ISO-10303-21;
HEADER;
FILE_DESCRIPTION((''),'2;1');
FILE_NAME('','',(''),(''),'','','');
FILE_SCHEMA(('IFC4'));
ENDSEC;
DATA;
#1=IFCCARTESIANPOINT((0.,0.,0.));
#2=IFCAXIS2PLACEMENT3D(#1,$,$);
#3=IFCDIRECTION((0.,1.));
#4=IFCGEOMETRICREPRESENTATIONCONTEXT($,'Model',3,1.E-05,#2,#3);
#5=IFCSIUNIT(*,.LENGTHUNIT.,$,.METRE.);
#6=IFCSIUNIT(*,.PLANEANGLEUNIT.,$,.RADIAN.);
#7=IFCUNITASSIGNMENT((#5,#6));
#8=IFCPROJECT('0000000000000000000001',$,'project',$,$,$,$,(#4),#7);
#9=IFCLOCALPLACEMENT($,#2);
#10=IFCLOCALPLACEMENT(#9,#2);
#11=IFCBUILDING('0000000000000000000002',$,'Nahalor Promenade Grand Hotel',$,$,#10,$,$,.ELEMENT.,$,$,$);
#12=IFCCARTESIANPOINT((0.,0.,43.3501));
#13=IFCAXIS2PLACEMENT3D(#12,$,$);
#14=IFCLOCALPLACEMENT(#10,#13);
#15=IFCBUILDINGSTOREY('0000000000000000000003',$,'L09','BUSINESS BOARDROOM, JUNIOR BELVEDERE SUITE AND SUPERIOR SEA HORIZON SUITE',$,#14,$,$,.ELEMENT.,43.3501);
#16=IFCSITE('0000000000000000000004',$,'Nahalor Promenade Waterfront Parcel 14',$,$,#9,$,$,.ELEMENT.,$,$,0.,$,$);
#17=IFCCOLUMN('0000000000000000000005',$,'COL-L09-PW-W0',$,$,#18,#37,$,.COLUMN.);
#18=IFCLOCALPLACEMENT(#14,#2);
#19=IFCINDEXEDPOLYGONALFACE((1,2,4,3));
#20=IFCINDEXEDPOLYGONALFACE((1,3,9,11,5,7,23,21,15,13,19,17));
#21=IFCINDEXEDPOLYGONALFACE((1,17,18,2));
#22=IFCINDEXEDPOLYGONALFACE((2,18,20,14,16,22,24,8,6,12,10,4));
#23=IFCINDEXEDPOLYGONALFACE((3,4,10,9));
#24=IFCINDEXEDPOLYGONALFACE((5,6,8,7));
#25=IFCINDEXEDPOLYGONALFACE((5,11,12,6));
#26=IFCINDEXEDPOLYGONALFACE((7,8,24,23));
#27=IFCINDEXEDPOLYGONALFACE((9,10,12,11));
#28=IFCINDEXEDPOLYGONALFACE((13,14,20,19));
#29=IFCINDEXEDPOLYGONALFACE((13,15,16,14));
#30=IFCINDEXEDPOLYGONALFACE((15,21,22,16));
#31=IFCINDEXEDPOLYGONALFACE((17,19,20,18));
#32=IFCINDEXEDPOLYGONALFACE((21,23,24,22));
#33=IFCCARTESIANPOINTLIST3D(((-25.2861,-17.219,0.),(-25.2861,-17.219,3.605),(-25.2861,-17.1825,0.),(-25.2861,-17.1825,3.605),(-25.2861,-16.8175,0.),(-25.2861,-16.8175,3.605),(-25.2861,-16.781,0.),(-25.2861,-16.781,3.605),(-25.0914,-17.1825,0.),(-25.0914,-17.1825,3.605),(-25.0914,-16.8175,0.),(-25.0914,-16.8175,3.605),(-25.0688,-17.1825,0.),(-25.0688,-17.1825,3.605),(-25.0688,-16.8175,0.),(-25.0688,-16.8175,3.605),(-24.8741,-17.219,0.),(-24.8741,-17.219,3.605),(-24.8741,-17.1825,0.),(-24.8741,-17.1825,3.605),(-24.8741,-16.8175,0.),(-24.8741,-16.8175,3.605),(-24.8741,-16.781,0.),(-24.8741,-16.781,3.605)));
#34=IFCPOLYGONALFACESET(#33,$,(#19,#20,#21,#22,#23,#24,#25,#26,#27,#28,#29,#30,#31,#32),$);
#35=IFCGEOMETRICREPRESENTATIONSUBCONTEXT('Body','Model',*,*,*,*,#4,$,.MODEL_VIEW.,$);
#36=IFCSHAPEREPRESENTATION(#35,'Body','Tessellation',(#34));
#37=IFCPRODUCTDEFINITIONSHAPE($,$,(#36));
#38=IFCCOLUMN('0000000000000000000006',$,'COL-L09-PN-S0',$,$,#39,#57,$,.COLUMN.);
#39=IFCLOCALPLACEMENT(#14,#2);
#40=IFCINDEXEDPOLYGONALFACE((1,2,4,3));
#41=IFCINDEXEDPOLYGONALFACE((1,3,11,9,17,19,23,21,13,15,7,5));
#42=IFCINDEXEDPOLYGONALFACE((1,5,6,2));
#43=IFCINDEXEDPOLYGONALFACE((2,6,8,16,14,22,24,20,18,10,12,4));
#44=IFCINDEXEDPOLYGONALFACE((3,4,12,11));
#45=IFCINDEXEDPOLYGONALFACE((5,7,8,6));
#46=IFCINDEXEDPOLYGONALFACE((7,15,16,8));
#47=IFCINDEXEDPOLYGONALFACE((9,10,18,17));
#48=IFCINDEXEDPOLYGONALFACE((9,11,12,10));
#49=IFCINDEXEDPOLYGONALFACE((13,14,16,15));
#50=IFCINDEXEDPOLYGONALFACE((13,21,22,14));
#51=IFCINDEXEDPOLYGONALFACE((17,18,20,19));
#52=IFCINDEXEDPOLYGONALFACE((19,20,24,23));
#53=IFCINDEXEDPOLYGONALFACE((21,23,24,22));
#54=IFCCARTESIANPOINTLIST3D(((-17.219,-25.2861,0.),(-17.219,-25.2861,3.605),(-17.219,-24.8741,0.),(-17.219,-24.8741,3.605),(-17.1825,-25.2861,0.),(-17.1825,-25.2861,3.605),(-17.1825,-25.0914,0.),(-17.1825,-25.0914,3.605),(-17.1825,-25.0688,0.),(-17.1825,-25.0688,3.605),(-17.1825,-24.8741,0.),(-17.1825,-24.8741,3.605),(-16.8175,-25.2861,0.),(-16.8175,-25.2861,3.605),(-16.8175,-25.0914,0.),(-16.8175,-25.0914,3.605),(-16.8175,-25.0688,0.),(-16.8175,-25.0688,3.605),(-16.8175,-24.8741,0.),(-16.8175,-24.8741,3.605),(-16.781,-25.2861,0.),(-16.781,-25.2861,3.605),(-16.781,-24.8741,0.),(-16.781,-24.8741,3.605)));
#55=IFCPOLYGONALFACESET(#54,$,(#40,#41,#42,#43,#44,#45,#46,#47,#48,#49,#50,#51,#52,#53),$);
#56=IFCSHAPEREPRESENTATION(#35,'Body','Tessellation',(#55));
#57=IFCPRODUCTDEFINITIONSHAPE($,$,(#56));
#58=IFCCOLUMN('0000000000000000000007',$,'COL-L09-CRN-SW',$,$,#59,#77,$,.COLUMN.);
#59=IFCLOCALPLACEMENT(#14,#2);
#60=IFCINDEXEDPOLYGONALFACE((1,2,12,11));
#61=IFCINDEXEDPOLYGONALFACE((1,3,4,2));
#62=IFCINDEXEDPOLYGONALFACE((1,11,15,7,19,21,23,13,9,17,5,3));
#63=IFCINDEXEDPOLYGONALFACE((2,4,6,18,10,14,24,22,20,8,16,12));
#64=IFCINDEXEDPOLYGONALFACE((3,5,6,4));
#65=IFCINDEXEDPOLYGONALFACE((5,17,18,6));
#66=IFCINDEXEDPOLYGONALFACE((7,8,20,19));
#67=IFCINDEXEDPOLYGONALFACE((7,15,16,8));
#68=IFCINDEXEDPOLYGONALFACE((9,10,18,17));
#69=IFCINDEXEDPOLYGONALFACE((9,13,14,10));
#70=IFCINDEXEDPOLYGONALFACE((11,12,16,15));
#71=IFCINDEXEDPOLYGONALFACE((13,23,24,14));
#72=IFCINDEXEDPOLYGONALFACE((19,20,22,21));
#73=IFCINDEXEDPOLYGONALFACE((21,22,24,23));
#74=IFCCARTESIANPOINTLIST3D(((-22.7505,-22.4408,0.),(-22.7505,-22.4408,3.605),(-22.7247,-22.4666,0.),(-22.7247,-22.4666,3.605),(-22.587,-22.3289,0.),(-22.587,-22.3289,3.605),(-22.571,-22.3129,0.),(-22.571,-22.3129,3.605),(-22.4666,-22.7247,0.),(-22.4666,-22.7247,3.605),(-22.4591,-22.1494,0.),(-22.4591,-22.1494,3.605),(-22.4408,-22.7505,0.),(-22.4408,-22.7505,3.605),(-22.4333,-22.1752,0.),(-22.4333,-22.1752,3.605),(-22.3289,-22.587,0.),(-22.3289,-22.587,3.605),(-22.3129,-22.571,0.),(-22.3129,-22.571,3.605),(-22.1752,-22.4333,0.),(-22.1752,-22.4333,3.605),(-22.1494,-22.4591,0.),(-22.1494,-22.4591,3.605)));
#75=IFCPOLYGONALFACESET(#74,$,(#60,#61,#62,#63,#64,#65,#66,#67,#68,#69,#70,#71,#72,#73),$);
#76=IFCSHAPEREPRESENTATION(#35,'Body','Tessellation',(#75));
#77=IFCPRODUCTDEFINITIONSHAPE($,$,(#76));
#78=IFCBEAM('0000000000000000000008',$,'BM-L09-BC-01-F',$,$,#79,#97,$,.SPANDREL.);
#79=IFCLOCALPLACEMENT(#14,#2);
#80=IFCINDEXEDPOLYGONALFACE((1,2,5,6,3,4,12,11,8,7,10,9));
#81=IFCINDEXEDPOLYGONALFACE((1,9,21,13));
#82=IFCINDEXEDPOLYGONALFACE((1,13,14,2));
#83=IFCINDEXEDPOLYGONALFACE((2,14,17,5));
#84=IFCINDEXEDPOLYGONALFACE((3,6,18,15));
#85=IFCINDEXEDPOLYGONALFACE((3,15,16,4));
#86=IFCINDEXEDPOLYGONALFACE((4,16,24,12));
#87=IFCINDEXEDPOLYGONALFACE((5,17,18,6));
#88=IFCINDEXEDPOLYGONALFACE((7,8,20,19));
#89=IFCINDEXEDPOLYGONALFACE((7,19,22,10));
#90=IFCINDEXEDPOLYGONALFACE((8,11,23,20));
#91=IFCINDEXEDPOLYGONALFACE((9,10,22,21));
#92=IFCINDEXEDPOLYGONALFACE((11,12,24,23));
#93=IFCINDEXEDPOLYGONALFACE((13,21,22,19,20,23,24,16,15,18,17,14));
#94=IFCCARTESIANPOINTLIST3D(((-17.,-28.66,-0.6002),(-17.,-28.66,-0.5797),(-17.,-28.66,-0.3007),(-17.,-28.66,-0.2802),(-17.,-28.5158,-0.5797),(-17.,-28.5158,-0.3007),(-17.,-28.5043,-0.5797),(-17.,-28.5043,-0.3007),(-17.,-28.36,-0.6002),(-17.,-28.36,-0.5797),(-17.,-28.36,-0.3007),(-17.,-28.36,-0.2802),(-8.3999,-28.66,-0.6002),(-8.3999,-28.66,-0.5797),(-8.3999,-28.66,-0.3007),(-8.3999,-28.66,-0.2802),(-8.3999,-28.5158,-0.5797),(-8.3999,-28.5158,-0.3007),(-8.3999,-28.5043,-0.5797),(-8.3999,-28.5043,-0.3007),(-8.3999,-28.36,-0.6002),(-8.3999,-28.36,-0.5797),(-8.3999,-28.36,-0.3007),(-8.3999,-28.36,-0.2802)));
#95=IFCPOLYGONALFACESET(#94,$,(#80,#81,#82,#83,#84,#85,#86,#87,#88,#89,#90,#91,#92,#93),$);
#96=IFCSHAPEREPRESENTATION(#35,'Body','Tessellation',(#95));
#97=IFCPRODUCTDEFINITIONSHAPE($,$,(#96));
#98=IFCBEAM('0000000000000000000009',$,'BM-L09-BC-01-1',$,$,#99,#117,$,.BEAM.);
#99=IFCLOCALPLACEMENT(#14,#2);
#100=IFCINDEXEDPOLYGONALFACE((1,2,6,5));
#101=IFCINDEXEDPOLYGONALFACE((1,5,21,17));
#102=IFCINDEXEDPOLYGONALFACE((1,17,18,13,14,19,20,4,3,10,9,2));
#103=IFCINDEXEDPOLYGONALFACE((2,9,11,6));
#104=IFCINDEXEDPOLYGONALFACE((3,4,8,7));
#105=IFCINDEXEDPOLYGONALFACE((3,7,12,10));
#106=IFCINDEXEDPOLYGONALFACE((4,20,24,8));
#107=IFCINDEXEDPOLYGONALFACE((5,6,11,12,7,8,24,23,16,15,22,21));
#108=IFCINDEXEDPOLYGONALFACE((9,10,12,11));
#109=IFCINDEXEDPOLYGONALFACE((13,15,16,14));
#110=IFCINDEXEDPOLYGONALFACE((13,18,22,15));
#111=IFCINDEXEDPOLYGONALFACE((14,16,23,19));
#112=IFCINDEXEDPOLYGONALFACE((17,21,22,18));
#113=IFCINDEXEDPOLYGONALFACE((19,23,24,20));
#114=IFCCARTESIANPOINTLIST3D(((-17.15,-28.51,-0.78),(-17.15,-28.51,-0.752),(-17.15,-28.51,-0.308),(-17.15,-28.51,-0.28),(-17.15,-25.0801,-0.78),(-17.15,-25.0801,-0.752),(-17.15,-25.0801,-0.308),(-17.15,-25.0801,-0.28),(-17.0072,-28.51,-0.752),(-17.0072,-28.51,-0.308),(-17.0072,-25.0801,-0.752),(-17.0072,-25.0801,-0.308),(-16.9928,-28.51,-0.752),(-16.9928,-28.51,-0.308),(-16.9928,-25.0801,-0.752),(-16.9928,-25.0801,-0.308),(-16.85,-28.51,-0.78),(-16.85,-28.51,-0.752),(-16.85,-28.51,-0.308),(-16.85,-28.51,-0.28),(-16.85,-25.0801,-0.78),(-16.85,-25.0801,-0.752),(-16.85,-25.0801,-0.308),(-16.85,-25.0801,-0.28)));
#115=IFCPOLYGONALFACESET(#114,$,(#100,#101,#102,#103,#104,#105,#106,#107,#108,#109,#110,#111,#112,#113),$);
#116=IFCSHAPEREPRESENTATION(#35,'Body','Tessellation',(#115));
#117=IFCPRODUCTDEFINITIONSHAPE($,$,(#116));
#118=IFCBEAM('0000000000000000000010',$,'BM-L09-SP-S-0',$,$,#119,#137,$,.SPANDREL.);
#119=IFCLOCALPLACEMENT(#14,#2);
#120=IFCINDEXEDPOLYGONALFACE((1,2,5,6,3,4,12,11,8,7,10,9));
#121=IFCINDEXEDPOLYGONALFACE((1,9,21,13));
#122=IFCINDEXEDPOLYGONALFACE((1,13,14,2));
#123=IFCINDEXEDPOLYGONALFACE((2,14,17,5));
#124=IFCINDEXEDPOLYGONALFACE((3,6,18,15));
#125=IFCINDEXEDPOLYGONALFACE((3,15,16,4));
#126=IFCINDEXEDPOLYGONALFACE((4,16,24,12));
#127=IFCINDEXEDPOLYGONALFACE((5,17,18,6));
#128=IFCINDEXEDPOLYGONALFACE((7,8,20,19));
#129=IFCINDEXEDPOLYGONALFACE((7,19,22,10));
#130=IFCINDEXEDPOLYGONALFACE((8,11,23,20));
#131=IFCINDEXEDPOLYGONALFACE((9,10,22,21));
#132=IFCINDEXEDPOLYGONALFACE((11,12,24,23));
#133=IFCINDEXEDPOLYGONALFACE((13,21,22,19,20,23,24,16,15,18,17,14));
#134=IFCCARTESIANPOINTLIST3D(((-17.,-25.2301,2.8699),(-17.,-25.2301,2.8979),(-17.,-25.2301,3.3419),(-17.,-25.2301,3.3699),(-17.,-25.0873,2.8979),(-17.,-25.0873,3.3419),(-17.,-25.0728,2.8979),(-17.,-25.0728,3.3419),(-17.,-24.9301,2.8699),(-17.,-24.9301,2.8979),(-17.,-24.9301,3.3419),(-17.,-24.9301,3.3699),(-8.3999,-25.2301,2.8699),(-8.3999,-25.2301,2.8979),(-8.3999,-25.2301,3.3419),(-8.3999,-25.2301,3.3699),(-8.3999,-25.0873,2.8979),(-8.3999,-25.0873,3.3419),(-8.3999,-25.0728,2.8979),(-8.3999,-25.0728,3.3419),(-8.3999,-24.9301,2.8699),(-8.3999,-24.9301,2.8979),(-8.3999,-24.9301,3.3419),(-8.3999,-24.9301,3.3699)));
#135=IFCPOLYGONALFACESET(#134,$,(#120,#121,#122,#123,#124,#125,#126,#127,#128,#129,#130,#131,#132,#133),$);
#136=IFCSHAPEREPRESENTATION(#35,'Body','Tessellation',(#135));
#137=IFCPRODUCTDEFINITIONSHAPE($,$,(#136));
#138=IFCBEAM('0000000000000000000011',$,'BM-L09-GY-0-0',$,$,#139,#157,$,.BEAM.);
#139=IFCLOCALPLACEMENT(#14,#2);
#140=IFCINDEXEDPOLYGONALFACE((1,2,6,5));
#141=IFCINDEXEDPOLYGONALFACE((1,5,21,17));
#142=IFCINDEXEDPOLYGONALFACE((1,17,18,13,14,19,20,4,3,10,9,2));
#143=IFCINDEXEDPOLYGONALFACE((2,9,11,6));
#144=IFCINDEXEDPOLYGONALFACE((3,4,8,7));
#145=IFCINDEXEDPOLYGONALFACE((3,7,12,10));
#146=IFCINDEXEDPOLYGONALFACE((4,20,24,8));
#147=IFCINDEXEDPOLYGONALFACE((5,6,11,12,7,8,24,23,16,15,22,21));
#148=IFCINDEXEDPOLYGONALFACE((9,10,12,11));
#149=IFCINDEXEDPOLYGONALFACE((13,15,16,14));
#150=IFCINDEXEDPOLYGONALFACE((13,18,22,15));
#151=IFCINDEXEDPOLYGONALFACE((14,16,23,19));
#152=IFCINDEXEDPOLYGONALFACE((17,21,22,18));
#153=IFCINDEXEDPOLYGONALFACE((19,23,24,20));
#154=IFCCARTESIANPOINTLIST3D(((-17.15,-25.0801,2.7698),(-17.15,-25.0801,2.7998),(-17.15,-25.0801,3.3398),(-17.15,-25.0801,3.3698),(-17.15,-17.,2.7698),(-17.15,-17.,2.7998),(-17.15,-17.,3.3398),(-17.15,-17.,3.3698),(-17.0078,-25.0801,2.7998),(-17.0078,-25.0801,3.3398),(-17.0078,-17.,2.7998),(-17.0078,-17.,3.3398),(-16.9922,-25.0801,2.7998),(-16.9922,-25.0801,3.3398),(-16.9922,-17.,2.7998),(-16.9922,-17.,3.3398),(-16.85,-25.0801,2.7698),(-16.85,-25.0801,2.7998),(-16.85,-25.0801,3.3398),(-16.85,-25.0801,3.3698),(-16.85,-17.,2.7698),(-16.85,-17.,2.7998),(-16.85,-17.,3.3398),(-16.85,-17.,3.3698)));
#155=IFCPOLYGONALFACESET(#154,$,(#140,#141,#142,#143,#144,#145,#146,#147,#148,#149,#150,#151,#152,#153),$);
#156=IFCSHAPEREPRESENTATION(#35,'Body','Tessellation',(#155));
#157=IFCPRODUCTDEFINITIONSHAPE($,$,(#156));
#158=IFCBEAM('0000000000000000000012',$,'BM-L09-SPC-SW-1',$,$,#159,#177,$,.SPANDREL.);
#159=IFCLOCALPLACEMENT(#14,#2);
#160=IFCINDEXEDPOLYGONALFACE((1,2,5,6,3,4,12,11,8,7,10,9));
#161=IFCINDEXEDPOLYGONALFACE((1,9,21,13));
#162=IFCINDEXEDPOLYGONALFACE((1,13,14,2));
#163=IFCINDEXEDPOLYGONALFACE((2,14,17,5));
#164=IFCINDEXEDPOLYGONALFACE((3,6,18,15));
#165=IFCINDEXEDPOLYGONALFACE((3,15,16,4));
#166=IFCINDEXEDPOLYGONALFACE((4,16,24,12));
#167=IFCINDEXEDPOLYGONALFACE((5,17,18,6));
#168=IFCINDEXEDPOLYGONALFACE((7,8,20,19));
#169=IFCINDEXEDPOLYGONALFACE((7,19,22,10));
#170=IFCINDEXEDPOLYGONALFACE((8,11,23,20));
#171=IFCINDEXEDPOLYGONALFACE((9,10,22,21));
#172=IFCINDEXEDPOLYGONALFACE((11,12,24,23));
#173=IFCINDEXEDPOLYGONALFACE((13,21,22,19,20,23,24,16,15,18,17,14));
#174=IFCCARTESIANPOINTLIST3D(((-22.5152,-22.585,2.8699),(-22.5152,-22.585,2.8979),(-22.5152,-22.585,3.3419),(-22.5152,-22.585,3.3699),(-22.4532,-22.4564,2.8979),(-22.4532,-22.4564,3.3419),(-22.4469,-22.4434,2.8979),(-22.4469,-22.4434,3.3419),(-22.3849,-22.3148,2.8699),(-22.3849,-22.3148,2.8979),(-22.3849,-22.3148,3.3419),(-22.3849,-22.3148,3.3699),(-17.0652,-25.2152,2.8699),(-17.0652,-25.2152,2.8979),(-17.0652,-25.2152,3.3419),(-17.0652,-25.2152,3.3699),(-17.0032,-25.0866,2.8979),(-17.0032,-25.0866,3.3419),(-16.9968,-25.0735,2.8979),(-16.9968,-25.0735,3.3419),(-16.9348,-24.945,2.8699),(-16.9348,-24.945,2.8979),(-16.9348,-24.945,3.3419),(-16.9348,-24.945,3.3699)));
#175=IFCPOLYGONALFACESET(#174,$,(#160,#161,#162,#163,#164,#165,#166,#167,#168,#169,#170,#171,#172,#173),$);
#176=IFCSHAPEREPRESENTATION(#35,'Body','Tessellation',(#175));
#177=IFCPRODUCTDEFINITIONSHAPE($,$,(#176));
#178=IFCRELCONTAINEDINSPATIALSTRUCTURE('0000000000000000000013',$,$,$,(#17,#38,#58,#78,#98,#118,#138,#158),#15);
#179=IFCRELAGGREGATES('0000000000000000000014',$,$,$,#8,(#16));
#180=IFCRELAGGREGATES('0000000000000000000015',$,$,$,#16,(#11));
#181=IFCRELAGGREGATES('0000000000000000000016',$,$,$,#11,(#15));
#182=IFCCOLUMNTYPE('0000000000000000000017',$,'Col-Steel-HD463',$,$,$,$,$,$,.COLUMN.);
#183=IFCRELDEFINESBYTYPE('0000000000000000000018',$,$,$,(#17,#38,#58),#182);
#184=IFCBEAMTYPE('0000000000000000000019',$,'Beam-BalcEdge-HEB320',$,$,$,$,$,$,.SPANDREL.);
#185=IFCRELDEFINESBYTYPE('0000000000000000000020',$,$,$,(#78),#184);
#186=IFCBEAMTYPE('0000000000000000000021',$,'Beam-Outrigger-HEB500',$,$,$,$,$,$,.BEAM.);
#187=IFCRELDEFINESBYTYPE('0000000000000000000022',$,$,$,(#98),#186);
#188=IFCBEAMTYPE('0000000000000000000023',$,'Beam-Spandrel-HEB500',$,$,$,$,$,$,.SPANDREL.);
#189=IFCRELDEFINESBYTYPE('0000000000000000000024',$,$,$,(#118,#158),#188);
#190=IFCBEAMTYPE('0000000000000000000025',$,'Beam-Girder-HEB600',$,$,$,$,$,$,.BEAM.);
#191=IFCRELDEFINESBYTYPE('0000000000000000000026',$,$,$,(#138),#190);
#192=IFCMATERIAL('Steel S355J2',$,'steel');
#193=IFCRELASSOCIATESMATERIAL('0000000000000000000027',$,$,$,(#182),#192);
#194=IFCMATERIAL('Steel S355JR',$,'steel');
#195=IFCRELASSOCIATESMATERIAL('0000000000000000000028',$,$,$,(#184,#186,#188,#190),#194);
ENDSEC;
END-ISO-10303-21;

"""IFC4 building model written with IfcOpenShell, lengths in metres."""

from ifc_helpers import new_model, si_unit, direction, frame, origin, origin_2d, place, context, subcontext, project, spatial, i_section, extrude, source, transform, mapped, material, material_profile, profile_set, type_object, element, save


model = new_model("IFC4")

# Units and contexts
model_context = context("Model", 3, precision=1e-05, world=origin(), true_north=direction((0.0, 1.0)))
body_context = subcontext(model_context, "Body", "Model", "MODEL_VIEW")
ifc_project = project(units=[si_unit("LENGTHUNIT", "METRE"), si_unit("PLANEANGLEUNIT", "RADIAN")], contexts=[model_context])

# Site, building, storey
site_placement = place(None, origin())
site = spatial("IfcSite", under=ifc_project, at=site_placement, Name="Nahalor Promenade Waterfront Parcel 14", CompositionType="ELEMENT", RefElevation=0.0)
building_placement = place(site_placement, origin())
building = spatial("IfcBuilding", under=site, at=building_placement, Name="Nahalor Promenade Grand Hotel", CompositionType="ELEMENT")
storey_placement = place(building_placement, frame((0.0, 0.0, 43.3501)))
storey = spatial("IfcBuildingStorey", under=building, at=storey_placement, Name="L09", Description="BUSINESS BOARDROOM, JUNIOR BELVEDERE SUITE AND SUPERIOR SEA HORIZON SUITE", CompositionType="ELEMENT", Elevation=43.3501)

# Columns
ifc_material_1 = material(Name="Steel S355J2", Category="steel")
ifc_material_profile_1 = material_profile(ifc_material_1, i_section(OverallWidth=0.412, OverallDepth=0.438, WebThickness=0.0226, FlangeThickness=0.0365, at=origin_2d()), Name="HD 400x463")
ifc_profile_set_1 = profile_set([ifc_material_profile_1], Name="Steel S355J2")
column_type = type_object("IfcColumnType", Name="Col-Steel-HD463", PredefinedType="COLUMN", material=ifc_profile_set_1)
shared_shape_1 = source(origin(), body_context, "Body", "SweptSolid", [
    extrude(i_section(OverallWidth=0.412, OverallDepth=0.438, WebThickness=0.0226, FlangeThickness=0.0365, at=origin_2d()), origin(), (0.0, 0.0, 1.0), 3.605),
])
for number, where, z_axis, x_axis, name in (
    (1, (-25.0801, -17.0, 0.0), (0.0, 0.0, 1.0), (1.0, 0.0, 0.0), "COL-L09-PW-W0"),
    (2, (-17.0, -25.0801, 0.0), (0.0, 0.0, 1.0), (0.0, 1.0, 0.0), "COL-L09-PN-S0"),
    (3, (-22.45, -22.45, 0.0), (0.0, 0.0, 1.0), (0.707107, 0.707107, 0.0), "COL-L09-CRN-SW"),
):
    element("IfcColumn", number, at=place(storey_placement, frame(where, z_axis=z_axis, x_axis=x_axis)), inside=storey, type_object=column_type, Name=name, PredefinedType="COLUMN", context=body_context, shape_type="MappedRepresentation", body=[
        mapped(shared_shape_1, transform((0.0, 0.0, 0.0), scale=1.0)),
    ])

# Beams
ifc_material_2 = material(Name="Steel S355JR", Category="steel")
ifc_material_profile_2 = material_profile(ifc_material_2, i_section(OverallWidth=0.3, OverallDepth=0.32, WebThickness=0.0115, FlangeThickness=0.0205, at=origin_2d()), Name="HEB 320")
ifc_profile_set_2 = profile_set([ifc_material_profile_2], Name="Steel S355JR")
beam_type_1 = type_object("IfcBeamType", Name="Beam-BalcEdge-HEB320", PredefinedType="SPANDREL", material=ifc_profile_set_2)
shared_shape_2 = source(origin(), body_context, "Body", "SweptSolid", [
    extrude(i_section(OverallWidth=0.3, OverallDepth=0.32, WebThickness=0.0115, FlangeThickness=0.0205, at=origin_2d()), origin(), (0.0, 0.0, 1.0), 8.6001),
])
beam_1_placement = place(storey_placement, frame((-17.0, -28.51, -0.4402), z_axis=(1.0, 0.0, 0.0), x_axis=(0.0, 1.0, 0.0)))
element("IfcBeam", 4, at=beam_1_placement, inside=storey, type_object=beam_type_1, Name="BM-L09-BC-01-F", PredefinedType="SPANDREL", context=body_context, shape_type="MappedRepresentation", body=[
    mapped(shared_shape_2, transform((0.0, 0.0, 0.0), scale=1.0)),
])
ifc_material_profile_3 = material_profile(ifc_material_2, i_section(OverallWidth=0.3, OverallDepth=0.5, WebThickness=0.0145, FlangeThickness=0.028, at=origin_2d()), Name="HEB 500")
ifc_profile_set_3 = profile_set([ifc_material_profile_3], Name="Steel S355JR")
beam_type_2 = type_object("IfcBeamType", Name="Beam-Outrigger-HEB500", PredefinedType="BEAM", material=ifc_profile_set_3)
shared_shape_3 = source(origin(), body_context, "Body", "SweptSolid", [
    extrude(i_section(OverallWidth=0.3, OverallDepth=0.5, WebThickness=0.0145, FlangeThickness=0.028, at=origin_2d()), origin(), (0.0, 0.0, 1.0), 3.4299),
])
beam_2_placement = place(storey_placement, frame((-17.0, -28.51, -0.53), z_axis=(0.0, 1.0, 0.0), x_axis=(-1.0, 0.0, 0.0)))
element("IfcBeam", 5, at=beam_2_placement, inside=storey, type_object=beam_type_2, Name="BM-L09-BC-01-1", PredefinedType="BEAM", context=body_context, shape_type="MappedRepresentation", body=[
    mapped(shared_shape_3, transform((0.0, 0.0, 0.0), scale=1.0)),
])
ifc_material_profile_4 = material_profile(ifc_material_2, i_section(OverallWidth=0.3, OverallDepth=0.5, WebThickness=0.0145, FlangeThickness=0.028, at=origin_2d()), Name="HEB 500")
ifc_profile_set_4 = profile_set([ifc_material_profile_4], Name="Steel S355JR")
beam_type_3 = type_object("IfcBeamType", Name="Beam-Spandrel-HEB500", PredefinedType="SPANDREL", material=ifc_profile_set_4)
shared_shape_4 = source(origin(), body_context, "Body", "SweptSolid", [
    extrude(i_section(OverallWidth=0.3, OverallDepth=0.5, WebThickness=0.0145, FlangeThickness=0.028, at=origin_2d()), origin(), (0.0, 0.0, 1.0), 8.6001),
])
beam_3_placement = place(storey_placement, frame((-17.0, -25.0801, 3.1199), z_axis=(1.0, 0.0, 0.0), x_axis=(0.0, 1.0, 0.0)))
element("IfcBeam", 6, at=beam_3_placement, inside=storey, type_object=beam_type_3, Name="BM-L09-SP-S-0", PredefinedType="SPANDREL", context=body_context, shape_type="MappedRepresentation", body=[
    mapped(shared_shape_4, transform((0.0, 0.0, 0.0), scale=1.0)),
])
ifc_material_profile_5 = material_profile(ifc_material_2, i_section(OverallWidth=0.3, OverallDepth=0.6, WebThickness=0.0155, FlangeThickness=0.03, at=origin_2d()), Name="HEB 600")
ifc_profile_set_5 = profile_set([ifc_material_profile_5], Name="Steel S355JR")
beam_type_4 = type_object("IfcBeamType", Name="Beam-Girder-HEB600", PredefinedType="BEAM", material=ifc_profile_set_5)
shared_shape_5 = source(origin(), body_context, "Body", "SweptSolid", [
    extrude(i_section(OverallWidth=0.3, OverallDepth=0.6, WebThickness=0.0155, FlangeThickness=0.03, at=origin_2d()), origin(), (0.0, 0.0, 1.0), 8.0801),
])
beam_4_placement = place(storey_placement, frame((-17.0, -25.0801, 3.0698), z_axis=(0.0, 1.0, 0.0), x_axis=(-1.0, 0.0, 0.0)))
element("IfcBeam", 7, at=beam_4_placement, inside=storey, type_object=beam_type_4, Name="BM-L09-GY-0-0", PredefinedType="BEAM", context=body_context, shape_type="MappedRepresentation", body=[
    mapped(shared_shape_5, transform((0.0, 0.0, 0.0), scale=1.0)),
])
shared_shape_6 = source(origin(), body_context, "Body", "SweptSolid", [
    extrude(i_section(OverallWidth=0.3, OverallDepth=0.5, WebThickness=0.0145, FlangeThickness=0.028, at=origin_2d()), origin(), (0.0, 0.0, 1.0), 6.0515),
])
for number, where, z_axis, x_axis, name in (
    (8, (-17.0, -25.0801, 3.1199), (-0.900609, 0.434631, 0.0), (-0.434631, -0.900609, 0.0), "BM-L09-SPC-SW-1"),
):
    element("IfcBeam", number, at=place(storey_placement, frame(where, z_axis=z_axis, x_axis=x_axis)), inside=storey, type_object=beam_type_3, Name=name, PredefinedType="SPANDREL", context=body_context, shape_type="MappedRepresentation", body=[
        mapped(shared_shape_6, transform((0.0, 0.0, 0.0), scale=1.0)),
    ])

save(model, "model.ifc")
